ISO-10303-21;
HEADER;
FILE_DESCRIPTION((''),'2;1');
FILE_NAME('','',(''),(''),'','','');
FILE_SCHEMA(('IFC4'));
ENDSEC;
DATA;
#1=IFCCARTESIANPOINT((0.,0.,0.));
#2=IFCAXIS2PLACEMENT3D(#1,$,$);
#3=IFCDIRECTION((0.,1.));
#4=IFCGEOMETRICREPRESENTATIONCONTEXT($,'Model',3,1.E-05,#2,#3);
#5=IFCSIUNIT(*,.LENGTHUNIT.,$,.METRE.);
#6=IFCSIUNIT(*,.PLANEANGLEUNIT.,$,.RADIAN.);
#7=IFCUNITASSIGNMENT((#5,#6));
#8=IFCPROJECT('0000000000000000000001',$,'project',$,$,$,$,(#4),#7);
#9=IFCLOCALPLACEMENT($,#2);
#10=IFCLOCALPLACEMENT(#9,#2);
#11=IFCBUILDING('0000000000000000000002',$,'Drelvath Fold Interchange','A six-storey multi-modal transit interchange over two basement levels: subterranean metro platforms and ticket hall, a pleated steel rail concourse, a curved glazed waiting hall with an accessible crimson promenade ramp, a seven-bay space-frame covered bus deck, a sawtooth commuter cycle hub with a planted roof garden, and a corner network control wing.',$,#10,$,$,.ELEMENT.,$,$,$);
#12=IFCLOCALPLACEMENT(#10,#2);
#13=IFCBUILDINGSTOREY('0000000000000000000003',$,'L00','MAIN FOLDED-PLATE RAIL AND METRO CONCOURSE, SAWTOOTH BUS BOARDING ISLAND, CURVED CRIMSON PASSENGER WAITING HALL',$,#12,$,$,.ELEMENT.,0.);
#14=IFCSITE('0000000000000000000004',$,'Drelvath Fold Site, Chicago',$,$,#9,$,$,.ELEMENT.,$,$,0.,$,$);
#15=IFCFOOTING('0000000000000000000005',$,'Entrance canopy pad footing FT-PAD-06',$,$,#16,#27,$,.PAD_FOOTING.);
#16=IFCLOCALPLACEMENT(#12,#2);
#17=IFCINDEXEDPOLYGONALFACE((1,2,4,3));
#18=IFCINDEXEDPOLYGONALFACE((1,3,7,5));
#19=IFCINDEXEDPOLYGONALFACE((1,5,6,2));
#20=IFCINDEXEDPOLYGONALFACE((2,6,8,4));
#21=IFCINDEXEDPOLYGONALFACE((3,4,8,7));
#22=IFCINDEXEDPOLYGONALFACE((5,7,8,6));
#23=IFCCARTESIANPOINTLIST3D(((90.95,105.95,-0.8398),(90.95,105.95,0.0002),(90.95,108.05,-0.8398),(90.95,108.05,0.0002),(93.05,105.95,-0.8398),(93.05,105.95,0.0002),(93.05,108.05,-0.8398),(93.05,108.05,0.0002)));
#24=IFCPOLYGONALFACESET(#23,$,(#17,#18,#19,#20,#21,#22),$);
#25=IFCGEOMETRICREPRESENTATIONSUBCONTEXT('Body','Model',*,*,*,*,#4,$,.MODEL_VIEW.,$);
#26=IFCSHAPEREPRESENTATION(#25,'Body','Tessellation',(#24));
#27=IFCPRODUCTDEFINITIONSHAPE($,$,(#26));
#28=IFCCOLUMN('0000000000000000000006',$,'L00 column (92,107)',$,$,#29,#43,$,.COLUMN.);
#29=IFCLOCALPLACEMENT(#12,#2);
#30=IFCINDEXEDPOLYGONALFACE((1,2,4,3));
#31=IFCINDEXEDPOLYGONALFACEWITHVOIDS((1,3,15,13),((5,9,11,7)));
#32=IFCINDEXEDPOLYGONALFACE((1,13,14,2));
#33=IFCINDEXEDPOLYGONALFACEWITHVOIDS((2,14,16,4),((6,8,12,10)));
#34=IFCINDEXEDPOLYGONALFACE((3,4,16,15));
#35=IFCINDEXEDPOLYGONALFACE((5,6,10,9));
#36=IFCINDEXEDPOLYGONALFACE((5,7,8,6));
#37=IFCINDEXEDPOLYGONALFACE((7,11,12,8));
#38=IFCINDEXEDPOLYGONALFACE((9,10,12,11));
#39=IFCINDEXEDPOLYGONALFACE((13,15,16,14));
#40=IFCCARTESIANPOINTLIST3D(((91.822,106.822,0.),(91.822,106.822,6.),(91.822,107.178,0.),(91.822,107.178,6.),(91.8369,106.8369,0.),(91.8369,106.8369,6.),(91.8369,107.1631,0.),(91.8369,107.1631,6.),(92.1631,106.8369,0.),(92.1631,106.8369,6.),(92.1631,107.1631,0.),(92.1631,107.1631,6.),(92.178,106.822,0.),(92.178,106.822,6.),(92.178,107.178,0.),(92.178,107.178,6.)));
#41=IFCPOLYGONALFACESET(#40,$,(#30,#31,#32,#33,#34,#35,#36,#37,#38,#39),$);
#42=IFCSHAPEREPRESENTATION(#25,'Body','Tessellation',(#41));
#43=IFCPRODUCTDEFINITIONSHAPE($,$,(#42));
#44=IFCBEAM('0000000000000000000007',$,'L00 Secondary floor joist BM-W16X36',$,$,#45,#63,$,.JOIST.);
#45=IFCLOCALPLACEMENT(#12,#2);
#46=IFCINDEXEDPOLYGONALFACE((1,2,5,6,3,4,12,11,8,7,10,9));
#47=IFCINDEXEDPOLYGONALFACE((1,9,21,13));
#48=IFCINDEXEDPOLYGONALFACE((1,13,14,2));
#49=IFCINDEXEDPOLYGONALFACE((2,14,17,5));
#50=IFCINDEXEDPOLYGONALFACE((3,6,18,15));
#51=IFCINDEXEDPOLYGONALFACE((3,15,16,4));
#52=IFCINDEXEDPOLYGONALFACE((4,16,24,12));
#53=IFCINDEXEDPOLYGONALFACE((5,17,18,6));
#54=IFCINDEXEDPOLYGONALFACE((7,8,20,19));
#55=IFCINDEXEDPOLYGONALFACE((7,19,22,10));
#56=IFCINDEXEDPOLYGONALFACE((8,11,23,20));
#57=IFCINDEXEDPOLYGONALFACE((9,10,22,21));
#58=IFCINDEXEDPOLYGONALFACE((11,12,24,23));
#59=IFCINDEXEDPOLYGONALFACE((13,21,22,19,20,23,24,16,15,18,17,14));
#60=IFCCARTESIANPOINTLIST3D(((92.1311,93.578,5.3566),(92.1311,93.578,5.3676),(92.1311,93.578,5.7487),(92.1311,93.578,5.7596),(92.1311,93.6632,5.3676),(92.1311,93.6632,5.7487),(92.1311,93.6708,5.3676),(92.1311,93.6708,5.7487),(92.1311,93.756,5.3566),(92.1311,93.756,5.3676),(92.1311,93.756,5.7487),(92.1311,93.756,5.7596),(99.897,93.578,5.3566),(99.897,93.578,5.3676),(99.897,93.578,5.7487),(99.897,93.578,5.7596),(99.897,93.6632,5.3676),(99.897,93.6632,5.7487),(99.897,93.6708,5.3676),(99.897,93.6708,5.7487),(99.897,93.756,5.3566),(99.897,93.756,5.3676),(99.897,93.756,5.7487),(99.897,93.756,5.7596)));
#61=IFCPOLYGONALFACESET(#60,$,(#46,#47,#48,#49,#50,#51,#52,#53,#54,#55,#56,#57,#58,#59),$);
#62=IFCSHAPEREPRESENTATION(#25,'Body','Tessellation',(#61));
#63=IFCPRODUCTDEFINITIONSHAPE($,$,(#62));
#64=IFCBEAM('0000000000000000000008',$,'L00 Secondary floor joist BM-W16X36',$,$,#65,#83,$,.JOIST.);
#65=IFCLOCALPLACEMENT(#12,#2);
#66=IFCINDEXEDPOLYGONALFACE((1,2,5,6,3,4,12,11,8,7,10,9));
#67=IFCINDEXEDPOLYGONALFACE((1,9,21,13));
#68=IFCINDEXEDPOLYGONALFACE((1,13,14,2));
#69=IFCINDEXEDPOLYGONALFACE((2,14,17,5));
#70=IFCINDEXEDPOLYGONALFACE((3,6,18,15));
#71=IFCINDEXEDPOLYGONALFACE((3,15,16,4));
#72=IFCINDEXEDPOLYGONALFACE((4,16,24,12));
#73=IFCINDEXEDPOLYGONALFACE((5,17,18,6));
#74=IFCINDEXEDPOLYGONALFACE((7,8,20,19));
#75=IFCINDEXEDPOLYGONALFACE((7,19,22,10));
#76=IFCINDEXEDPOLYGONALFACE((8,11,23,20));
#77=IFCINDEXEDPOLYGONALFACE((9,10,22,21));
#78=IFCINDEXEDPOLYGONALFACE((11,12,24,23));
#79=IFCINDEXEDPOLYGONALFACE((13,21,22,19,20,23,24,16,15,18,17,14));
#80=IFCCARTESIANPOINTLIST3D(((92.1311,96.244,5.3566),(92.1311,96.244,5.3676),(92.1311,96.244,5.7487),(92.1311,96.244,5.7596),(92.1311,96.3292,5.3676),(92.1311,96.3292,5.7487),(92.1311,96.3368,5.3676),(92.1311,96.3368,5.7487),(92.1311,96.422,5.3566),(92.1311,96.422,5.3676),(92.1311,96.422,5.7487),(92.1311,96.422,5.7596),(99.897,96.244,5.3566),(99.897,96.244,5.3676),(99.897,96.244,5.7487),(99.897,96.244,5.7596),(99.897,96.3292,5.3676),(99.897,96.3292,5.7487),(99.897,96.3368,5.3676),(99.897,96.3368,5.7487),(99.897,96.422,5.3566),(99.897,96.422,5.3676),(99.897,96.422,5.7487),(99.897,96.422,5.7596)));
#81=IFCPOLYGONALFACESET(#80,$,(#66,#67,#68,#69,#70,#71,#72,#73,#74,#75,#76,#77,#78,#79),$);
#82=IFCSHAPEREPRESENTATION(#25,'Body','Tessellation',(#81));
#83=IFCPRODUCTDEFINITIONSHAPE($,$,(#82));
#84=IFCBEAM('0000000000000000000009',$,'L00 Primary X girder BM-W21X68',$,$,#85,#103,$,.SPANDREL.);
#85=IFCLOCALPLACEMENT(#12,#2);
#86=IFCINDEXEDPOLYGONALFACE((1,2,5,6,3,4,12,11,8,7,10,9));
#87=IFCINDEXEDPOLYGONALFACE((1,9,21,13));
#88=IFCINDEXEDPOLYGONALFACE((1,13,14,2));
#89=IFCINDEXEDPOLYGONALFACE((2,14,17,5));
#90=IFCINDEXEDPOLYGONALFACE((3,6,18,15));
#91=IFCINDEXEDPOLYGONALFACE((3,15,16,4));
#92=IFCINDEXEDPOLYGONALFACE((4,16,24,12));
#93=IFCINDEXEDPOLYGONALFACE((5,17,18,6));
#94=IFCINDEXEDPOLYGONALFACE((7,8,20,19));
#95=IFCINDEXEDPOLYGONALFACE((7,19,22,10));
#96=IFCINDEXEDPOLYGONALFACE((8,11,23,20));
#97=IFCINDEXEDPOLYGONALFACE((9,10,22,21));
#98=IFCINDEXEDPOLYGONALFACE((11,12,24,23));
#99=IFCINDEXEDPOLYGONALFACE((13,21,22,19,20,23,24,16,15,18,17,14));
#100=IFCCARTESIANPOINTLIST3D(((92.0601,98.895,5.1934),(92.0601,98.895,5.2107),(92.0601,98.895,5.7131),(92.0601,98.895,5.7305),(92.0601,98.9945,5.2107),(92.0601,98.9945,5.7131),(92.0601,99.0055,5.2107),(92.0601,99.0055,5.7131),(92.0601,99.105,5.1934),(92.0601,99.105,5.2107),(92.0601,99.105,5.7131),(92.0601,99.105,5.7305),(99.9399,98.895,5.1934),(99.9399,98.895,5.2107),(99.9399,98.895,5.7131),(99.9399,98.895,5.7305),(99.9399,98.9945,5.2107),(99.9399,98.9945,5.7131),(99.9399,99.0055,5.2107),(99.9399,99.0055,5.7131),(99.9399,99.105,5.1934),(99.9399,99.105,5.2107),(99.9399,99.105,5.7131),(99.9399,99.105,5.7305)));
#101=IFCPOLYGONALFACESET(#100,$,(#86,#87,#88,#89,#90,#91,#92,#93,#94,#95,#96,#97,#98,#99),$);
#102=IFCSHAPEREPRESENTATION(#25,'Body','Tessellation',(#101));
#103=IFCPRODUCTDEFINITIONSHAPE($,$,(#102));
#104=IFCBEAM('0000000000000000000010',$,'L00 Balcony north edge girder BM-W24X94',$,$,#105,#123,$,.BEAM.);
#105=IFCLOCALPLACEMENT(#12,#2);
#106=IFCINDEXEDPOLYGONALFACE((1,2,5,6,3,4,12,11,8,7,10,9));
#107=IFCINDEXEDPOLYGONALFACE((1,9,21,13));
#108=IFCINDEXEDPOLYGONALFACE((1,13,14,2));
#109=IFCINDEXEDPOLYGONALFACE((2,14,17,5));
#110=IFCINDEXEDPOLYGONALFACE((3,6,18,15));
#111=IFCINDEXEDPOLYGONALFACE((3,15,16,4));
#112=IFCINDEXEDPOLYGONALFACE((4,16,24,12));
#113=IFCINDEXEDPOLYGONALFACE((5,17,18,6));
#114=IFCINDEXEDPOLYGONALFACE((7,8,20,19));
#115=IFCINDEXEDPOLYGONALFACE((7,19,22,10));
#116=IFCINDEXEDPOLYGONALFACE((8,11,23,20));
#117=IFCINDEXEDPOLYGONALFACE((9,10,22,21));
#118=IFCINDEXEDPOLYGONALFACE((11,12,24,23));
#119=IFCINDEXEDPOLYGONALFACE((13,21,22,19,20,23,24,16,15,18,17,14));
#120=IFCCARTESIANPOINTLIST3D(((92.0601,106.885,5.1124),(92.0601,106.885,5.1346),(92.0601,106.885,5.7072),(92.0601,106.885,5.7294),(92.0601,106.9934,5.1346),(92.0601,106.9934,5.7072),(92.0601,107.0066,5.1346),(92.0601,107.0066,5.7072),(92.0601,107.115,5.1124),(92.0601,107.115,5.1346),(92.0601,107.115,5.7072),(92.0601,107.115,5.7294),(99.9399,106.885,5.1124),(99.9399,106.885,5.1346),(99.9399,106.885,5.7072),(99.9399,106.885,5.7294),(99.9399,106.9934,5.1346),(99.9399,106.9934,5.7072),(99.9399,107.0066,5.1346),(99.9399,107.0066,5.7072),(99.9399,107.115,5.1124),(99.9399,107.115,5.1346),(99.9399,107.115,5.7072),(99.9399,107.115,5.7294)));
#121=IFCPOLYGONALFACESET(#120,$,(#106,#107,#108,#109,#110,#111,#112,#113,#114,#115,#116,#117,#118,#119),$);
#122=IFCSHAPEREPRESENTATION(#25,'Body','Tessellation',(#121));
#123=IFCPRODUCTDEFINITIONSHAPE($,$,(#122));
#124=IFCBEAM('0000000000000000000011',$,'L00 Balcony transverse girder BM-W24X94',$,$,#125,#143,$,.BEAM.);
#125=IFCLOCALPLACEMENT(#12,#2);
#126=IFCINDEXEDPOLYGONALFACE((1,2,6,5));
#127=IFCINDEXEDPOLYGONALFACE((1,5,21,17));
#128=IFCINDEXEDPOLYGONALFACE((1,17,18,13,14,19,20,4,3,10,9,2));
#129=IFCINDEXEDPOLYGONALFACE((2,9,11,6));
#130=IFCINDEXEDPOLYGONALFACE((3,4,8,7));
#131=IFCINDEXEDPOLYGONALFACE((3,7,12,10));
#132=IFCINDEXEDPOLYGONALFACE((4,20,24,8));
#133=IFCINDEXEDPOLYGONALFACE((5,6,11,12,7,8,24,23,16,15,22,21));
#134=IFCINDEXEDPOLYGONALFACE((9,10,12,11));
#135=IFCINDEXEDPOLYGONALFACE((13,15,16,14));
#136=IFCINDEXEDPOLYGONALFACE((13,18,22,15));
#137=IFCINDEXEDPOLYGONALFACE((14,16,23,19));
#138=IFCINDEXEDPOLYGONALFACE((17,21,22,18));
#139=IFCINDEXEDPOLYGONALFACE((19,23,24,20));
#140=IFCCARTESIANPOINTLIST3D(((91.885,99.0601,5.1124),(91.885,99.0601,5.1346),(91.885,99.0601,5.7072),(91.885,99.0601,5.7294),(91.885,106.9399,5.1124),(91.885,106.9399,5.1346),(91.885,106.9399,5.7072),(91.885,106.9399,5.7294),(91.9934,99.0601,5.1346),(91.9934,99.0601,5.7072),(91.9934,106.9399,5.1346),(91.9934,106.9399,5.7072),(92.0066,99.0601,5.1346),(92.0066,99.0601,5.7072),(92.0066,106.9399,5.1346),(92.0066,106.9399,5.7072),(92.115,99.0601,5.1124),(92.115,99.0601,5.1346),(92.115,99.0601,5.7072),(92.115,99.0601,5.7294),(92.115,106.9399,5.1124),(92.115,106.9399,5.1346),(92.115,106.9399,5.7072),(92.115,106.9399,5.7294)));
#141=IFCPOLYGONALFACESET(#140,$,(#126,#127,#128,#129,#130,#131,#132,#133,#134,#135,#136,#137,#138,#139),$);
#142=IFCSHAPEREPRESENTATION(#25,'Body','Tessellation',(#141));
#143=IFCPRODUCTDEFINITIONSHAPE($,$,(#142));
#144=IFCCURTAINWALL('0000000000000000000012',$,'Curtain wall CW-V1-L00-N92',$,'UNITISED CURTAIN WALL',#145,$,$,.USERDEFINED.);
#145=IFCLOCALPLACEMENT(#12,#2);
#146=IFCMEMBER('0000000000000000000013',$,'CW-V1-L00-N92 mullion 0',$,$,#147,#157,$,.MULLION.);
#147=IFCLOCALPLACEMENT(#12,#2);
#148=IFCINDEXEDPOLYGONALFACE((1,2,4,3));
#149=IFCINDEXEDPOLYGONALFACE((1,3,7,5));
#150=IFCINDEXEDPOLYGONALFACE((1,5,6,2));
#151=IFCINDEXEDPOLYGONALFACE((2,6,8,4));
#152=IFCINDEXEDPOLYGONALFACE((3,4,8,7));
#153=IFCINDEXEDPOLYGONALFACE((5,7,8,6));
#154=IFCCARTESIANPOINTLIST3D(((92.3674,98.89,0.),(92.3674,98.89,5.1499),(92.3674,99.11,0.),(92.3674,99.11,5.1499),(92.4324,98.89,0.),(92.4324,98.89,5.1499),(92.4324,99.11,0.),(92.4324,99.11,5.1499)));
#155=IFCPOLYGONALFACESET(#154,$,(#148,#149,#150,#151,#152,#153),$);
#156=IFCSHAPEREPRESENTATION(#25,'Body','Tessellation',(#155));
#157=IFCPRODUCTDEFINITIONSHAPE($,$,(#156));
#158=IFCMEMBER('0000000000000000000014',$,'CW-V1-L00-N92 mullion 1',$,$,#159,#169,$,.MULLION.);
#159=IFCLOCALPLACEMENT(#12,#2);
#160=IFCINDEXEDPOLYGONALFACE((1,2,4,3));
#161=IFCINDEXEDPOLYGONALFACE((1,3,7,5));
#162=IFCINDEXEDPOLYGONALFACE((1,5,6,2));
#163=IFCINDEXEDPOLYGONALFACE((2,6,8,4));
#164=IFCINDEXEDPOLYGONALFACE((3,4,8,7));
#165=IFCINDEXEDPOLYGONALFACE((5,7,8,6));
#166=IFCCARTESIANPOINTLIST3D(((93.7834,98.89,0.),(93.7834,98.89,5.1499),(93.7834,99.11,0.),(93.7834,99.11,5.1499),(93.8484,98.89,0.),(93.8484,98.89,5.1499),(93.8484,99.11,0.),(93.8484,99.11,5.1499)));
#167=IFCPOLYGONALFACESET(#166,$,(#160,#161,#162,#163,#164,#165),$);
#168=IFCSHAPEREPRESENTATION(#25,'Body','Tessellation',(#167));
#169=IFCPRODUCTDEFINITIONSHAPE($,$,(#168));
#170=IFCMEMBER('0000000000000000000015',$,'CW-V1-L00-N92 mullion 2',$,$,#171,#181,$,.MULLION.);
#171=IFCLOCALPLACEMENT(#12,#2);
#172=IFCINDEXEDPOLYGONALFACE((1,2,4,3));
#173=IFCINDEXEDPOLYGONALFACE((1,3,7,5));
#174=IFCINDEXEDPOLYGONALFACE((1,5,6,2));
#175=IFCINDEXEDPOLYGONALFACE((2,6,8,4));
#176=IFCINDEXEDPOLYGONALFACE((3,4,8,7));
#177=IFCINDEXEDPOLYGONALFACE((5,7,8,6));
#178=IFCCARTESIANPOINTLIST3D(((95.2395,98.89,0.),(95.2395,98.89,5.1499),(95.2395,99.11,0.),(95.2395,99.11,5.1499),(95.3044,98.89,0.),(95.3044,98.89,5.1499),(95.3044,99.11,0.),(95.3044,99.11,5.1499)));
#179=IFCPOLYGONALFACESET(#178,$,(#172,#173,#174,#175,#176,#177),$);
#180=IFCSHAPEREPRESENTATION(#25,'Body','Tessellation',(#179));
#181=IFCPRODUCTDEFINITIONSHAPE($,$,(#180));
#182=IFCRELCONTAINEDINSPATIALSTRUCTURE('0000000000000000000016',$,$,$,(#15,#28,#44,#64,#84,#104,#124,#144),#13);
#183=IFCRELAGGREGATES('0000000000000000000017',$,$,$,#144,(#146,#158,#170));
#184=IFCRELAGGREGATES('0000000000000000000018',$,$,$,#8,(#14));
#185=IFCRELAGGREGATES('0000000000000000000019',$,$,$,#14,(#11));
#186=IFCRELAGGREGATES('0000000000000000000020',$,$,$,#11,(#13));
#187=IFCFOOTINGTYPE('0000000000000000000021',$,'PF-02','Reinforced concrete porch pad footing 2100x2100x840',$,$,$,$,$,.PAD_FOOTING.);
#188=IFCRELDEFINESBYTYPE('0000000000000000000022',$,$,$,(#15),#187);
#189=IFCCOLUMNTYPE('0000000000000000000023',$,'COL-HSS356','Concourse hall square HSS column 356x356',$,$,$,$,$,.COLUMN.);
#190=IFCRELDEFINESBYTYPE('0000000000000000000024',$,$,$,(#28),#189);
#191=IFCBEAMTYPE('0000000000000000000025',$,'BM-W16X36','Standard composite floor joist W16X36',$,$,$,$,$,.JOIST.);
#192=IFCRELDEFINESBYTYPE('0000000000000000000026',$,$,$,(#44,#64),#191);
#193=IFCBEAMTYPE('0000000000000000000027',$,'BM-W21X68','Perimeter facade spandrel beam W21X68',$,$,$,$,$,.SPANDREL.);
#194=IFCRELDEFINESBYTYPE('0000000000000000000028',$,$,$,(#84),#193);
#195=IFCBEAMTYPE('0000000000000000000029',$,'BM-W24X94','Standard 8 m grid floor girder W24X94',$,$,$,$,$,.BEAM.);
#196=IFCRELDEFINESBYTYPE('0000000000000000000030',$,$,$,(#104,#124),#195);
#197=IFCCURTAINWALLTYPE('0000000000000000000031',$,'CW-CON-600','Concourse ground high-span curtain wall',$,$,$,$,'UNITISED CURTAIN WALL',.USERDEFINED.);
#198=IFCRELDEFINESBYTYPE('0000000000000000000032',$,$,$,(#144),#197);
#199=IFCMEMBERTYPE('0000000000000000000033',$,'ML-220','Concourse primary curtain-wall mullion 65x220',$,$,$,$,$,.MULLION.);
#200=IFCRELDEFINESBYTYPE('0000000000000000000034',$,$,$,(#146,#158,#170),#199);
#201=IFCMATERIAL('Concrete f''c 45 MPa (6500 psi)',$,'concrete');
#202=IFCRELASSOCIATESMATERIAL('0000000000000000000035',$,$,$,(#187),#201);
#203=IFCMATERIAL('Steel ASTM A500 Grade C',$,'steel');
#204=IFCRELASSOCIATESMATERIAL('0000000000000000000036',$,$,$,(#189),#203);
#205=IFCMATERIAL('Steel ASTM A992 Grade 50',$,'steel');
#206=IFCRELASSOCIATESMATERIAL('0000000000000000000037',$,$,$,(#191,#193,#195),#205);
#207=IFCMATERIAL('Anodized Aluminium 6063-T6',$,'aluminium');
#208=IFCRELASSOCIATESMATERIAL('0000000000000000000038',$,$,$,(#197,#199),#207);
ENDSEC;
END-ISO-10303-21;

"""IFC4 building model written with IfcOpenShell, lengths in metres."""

from ifc_helpers import new_model, si_unit, direction, frame, origin, origin_2d, place, context, subcontext, project, spatial, rectangle, hollow_rectangle, i_section, extrude, material, material_profile, profile_set, type_object, element, aggregate, save


model = new_model("IFC4")

# Units and contexts
model_context = context("Model", 3, precision=1e-05, world=origin(), true_north=direction((0.0, 1.0)))
body_context = subcontext(model_context, "Body", "Model", "MODEL_VIEW")
ifc_project = project(units=[si_unit("LENGTHUNIT", "METRE"), si_unit("PLANEANGLEUNIT", "RADIAN")], contexts=[model_context])

# Site, building, storey
site_placement = place(None, origin())
site = spatial("IfcSite", under=ifc_project, at=site_placement, Name="Drelvath Fold Site, Chicago", CompositionType="ELEMENT", RefElevation=0.0)
building_placement = place(site_placement, origin())
building = spatial("IfcBuilding", under=site, at=building_placement, Name="Drelvath Fold Interchange", Description="A six-storey multi-modal transit interchange over two basement levels: subterranean metro platforms and ticket hall, a pleated steel rail concourse, a curved glazed waiting hall with an accessible crimson promenade ramp, a seven-bay space-frame covered bus deck, a sawtooth commuter cycle hub with a planted roof garden, and a corner network control wing.", CompositionType="ELEMENT")
storey_placement = place(building_placement, origin())
storey = spatial("IfcBuildingStorey", under=building, at=storey_placement, Name="L00", Description="MAIN FOLDED-PLATE RAIL AND METRO CONCOURSE, SAWTOOTH BUS BOARDING ISLAND, CURVED CRIMSON PASSENGER WAITING HALL", CompositionType="ELEMENT", Elevation=0.0)

# Footing
ifc_material_1 = material(Name="Concrete f'c 45 MPa (6500 psi)", Category="concrete")
footing_type = type_object("IfcFootingType", Name="PF-02", Description="Reinforced concrete porch pad footing 2100x2100x840", PredefinedType="PAD_FOOTING", material=ifc_material_1)
footing_placement = place(storey_placement, frame((92.0, 107.0, -0.8398), z_axis=(0.0, 0.0, 1.0), x_axis=(1.0, 0.0, 0.0)))
element("IfcFooting", 1, at=footing_placement, inside=storey, type_object=footing_type, Name="Entrance canopy pad footing FT-PAD-06", PredefinedType="PAD_FOOTING", context=body_context, shape_type="SweptSolid", body=[
    extrude(rectangle(XDim=2.1001, YDim=2.1001, at=origin_2d()), origin(), (0.0, 0.0, 1.0), 0.8401),
])

# Column
ifc_material_2 = material(Name="Steel ASTM A500 Grade C", Category="steel")
ifc_material_profile_1 = material_profile(ifc_material_2, hollow_rectangle(XDim=0.356, YDim=0.356, WallThickness=0.0149, at=origin_2d()), Name="HSS14X14X5/8")
ifc_profile_set_1 = profile_set([ifc_material_profile_1], Name="Steel ASTM A500 Grade C")
column_type = type_object("IfcColumnType", Name="COL-HSS356", Description="Concourse hall square HSS column 356x356", PredefinedType="COLUMN", material=ifc_profile_set_1)
column_placement = place(storey_placement, frame((92.0, 107.0, 0.0), z_axis=(0.0, 0.0, 1.0), x_axis=(1.0, 0.0, 0.0)))
element("IfcColumn", 2, at=column_placement, inside=storey, type_object=column_type, Name="L00 column (92,107)", PredefinedType="COLUMN", context=body_context, shape_type="SweptSolid", body=[
    extrude(hollow_rectangle(XDim=0.356, YDim=0.356, WallThickness=0.0149, at=origin_2d()), origin(), (0.0, 0.0, 1.0), 6.0),
])

# Beams
ifc_material_3 = material(Name="Steel ASTM A992 Grade 50", Category="steel")
ifc_material_profile_2 = material_profile(ifc_material_3, i_section(OverallWidth=0.178, OverallDepth=0.4031, WebThickness=0.0076, FlangeThickness=0.011, at=origin_2d()), Name="W16X36")
ifc_profile_set_2 = profile_set([ifc_material_profile_2], Name="Steel ASTM A992 Grade 50")
beam_type_1 = type_object("IfcBeamType", Name="BM-W16X36", Description="Standard composite floor joist W16X36", PredefinedType="JOIST", material=ifc_profile_set_2)
for number, where, z_axis, x_axis, name in (
    (3, (92.1311, 93.667, 5.5581), (1.0, 0.0, 0.0), (0.0, 1.0, 0.0), "L00 Secondary floor joist BM-W16X36"),
    (4, (92.1311, 96.333, 5.5581), (1.0, 0.0, 0.0), (0.0, 1.0, 0.0), "L00 Secondary floor joist BM-W16X36"),
):
    element("IfcBeam", number, at=place(storey_placement, frame(where, z_axis=z_axis, x_axis=x_axis)), inside=storey, type_object=beam_type_1, Name=name, PredefinedType="JOIST", context=body_context, shape_type="SweptSolid", body=[
        extrude(i_section(OverallWidth=0.178, OverallDepth=0.4031, WebThickness=0.0076, FlangeThickness=0.011, at=origin_2d()), origin(), (0.0, 0.0, 1.0), 7.7659),
    ])
ifc_material_profile_3 = material_profile(ifc_material_3, i_section(OverallWidth=0.21, OverallDepth=0.5371, WebThickness=0.011, FlangeThickness=0.0173, at=origin_2d()), Name="W21X68")
ifc_profile_set_3 = profile_set([ifc_material_profile_3], Name="Steel ASTM A992 Grade 50")
beam_type_2 = type_object("IfcBeamType", Name="BM-W21X68", Description="Perimeter facade spandrel beam W21X68", PredefinedType="SPANDREL", material=ifc_profile_set_3)
beam_placement = place(storey_placement, frame((92.0601, 99.0, 5.4619), z_axis=(1.0, 0.0, 0.0), x_axis=(0.0, 1.0, 0.0)))
element("IfcBeam", 5, at=beam_placement, inside=storey, type_object=beam_type_2, Name="L00 Primary X girder BM-W21X68", PredefinedType="SPANDREL", context=body_context, shape_type="SweptSolid", body=[
    extrude(i_section(OverallWidth=0.21, OverallDepth=0.5371, WebThickness=0.011, FlangeThickness=0.0173, at=origin_2d()), origin(), (0.0, 0.0, 1.0), 7.8799),
])
ifc_material_profile_4 = material_profile(ifc_material_3, i_section(OverallWidth=0.23, OverallDepth=0.6169, WebThickness=0.0132, FlangeThickness=0.0222, at=origin_2d()), Name="W24X94")
ifc_profile_set_4 = profile_set([ifc_material_profile_4], Name="Steel ASTM A992 Grade 50")
beam_type_3 = type_object("IfcBeamType", Name="BM-W24X94", Description="Standard 8 m grid floor girder W24X94", PredefinedType="BEAM", material=ifc_profile_set_4)
for number, where, z_axis, x_axis, name in (
    (6, (92.0601, 107.0, 5.4209), (1.0, 0.0, 0.0), (0.0, 1.0, 0.0), "L00 Balcony north edge girder BM-W24X94"),
    (7, (92.0, 99.0601, 5.4209), (0.0, 1.0, 0.0), (-1.0, 0.0, 0.0), "L00 Balcony transverse girder BM-W24X94"),
):
    element("IfcBeam", number, at=place(storey_placement, frame(where, z_axis=z_axis, x_axis=x_axis)), inside=storey, type_object=beam_type_3, Name=name, PredefinedType="BEAM", context=body_context, shape_type="SweptSolid", body=[
        extrude(i_section(OverallWidth=0.23, OverallDepth=0.6169, WebThickness=0.0132, FlangeThickness=0.0222, at=origin_2d()), origin(), (0.0, 0.0, 1.0), 7.8799),
    ])

# Curtain wall, members
ifc_material_4 = material(Name="Anodized Aluminium 6063-T6", Category="aluminium")
curtain_wall_type = type_object("IfcCurtainWallType", Name="CW-CON-600", Description="Concourse ground high-span curtain wall", ElementType="UNITISED CURTAIN WALL", PredefinedType="USERDEFINED", material=ifc_material_4)
curtain_wall_1_placement = place(storey_placement, origin())
curtain_wall_1 = element("IfcCurtainWall", 8, at=curtain_wall_1_placement, inside=storey, type_object=curtain_wall_type, Name="Curtain wall CW-V1-L00-N92", ObjectType="UNITISED CURTAIN WALL", PredefinedType="USERDEFINED")
ifc_material_profile_5 = material_profile(ifc_material_4, rectangle(XDim=0.0649, YDim=0.22, at=origin_2d()), Name="AL-M 65x220")
ifc_profile_set_5 = profile_set([ifc_material_profile_5], Name="Anodized Aluminium 6063-T6")
member_type_1 = type_object("IfcMemberType", Name="ML-220", Description="Concourse primary curtain-wall mullion 65x220", PredefinedType="MULLION", material=ifc_profile_set_5)
member_1_placement = place(storey_placement, frame((92.3999, 99.0, 0.0), z_axis=(0.0, 0.0, 1.0), x_axis=(1.0, 0.0, 0.0)))
member_1 = element("IfcMember", 9, at=member_1_placement, type_object=member_type_1, Name="CW-V1-L00-N92 mullion 0", PredefinedType="MULLION", context=body_context, shape_type="SweptSolid", body=[
    extrude(rectangle(XDim=0.0649, YDim=0.22, at=origin_2d()), origin(), (0.0, 0.0, 1.0), 5.1499),
])
member_2_placement = place(storey_placement, frame((93.8159, 99.0, 0.0), z_axis=(0.0, 0.0, 1.0), x_axis=(1.0, 0.0, 0.0)))
member_2 = element("IfcMember", 10, at=member_2_placement, type_object=member_type_1, Name="CW-V1-L00-N92 mullion 1", PredefinedType="MULLION", context=body_context, shape_type="SweptSolid", body=[
    extrude(rectangle(XDim=0.0649, YDim=0.22, at=origin_2d()), origin(), (0.0, 0.0, 1.0), 5.1499),
])
member_3_placement = place(storey_placement, frame((95.272, 99.0, 0.0), z_axis=(0.0, 0.0, 1.0), x_axis=(1.0, 0.0, 0.0)))
member_3 = element("IfcMember", 11, at=member_3_placement, type_object=member_type_1, Name="CW-V1-L00-N92 mullion 2", PredefinedType="MULLION", context=body_context, shape_type="SweptSolid", body=[
    extrude(rectangle(XDim=0.0649, YDim=0.22, at=origin_2d()), origin(), (0.0, 0.0, 1.0), 5.1499),
])

aggregate(curtain_wall_1, [member_1, member_2, member_3])

save(model, "model.ifc")
